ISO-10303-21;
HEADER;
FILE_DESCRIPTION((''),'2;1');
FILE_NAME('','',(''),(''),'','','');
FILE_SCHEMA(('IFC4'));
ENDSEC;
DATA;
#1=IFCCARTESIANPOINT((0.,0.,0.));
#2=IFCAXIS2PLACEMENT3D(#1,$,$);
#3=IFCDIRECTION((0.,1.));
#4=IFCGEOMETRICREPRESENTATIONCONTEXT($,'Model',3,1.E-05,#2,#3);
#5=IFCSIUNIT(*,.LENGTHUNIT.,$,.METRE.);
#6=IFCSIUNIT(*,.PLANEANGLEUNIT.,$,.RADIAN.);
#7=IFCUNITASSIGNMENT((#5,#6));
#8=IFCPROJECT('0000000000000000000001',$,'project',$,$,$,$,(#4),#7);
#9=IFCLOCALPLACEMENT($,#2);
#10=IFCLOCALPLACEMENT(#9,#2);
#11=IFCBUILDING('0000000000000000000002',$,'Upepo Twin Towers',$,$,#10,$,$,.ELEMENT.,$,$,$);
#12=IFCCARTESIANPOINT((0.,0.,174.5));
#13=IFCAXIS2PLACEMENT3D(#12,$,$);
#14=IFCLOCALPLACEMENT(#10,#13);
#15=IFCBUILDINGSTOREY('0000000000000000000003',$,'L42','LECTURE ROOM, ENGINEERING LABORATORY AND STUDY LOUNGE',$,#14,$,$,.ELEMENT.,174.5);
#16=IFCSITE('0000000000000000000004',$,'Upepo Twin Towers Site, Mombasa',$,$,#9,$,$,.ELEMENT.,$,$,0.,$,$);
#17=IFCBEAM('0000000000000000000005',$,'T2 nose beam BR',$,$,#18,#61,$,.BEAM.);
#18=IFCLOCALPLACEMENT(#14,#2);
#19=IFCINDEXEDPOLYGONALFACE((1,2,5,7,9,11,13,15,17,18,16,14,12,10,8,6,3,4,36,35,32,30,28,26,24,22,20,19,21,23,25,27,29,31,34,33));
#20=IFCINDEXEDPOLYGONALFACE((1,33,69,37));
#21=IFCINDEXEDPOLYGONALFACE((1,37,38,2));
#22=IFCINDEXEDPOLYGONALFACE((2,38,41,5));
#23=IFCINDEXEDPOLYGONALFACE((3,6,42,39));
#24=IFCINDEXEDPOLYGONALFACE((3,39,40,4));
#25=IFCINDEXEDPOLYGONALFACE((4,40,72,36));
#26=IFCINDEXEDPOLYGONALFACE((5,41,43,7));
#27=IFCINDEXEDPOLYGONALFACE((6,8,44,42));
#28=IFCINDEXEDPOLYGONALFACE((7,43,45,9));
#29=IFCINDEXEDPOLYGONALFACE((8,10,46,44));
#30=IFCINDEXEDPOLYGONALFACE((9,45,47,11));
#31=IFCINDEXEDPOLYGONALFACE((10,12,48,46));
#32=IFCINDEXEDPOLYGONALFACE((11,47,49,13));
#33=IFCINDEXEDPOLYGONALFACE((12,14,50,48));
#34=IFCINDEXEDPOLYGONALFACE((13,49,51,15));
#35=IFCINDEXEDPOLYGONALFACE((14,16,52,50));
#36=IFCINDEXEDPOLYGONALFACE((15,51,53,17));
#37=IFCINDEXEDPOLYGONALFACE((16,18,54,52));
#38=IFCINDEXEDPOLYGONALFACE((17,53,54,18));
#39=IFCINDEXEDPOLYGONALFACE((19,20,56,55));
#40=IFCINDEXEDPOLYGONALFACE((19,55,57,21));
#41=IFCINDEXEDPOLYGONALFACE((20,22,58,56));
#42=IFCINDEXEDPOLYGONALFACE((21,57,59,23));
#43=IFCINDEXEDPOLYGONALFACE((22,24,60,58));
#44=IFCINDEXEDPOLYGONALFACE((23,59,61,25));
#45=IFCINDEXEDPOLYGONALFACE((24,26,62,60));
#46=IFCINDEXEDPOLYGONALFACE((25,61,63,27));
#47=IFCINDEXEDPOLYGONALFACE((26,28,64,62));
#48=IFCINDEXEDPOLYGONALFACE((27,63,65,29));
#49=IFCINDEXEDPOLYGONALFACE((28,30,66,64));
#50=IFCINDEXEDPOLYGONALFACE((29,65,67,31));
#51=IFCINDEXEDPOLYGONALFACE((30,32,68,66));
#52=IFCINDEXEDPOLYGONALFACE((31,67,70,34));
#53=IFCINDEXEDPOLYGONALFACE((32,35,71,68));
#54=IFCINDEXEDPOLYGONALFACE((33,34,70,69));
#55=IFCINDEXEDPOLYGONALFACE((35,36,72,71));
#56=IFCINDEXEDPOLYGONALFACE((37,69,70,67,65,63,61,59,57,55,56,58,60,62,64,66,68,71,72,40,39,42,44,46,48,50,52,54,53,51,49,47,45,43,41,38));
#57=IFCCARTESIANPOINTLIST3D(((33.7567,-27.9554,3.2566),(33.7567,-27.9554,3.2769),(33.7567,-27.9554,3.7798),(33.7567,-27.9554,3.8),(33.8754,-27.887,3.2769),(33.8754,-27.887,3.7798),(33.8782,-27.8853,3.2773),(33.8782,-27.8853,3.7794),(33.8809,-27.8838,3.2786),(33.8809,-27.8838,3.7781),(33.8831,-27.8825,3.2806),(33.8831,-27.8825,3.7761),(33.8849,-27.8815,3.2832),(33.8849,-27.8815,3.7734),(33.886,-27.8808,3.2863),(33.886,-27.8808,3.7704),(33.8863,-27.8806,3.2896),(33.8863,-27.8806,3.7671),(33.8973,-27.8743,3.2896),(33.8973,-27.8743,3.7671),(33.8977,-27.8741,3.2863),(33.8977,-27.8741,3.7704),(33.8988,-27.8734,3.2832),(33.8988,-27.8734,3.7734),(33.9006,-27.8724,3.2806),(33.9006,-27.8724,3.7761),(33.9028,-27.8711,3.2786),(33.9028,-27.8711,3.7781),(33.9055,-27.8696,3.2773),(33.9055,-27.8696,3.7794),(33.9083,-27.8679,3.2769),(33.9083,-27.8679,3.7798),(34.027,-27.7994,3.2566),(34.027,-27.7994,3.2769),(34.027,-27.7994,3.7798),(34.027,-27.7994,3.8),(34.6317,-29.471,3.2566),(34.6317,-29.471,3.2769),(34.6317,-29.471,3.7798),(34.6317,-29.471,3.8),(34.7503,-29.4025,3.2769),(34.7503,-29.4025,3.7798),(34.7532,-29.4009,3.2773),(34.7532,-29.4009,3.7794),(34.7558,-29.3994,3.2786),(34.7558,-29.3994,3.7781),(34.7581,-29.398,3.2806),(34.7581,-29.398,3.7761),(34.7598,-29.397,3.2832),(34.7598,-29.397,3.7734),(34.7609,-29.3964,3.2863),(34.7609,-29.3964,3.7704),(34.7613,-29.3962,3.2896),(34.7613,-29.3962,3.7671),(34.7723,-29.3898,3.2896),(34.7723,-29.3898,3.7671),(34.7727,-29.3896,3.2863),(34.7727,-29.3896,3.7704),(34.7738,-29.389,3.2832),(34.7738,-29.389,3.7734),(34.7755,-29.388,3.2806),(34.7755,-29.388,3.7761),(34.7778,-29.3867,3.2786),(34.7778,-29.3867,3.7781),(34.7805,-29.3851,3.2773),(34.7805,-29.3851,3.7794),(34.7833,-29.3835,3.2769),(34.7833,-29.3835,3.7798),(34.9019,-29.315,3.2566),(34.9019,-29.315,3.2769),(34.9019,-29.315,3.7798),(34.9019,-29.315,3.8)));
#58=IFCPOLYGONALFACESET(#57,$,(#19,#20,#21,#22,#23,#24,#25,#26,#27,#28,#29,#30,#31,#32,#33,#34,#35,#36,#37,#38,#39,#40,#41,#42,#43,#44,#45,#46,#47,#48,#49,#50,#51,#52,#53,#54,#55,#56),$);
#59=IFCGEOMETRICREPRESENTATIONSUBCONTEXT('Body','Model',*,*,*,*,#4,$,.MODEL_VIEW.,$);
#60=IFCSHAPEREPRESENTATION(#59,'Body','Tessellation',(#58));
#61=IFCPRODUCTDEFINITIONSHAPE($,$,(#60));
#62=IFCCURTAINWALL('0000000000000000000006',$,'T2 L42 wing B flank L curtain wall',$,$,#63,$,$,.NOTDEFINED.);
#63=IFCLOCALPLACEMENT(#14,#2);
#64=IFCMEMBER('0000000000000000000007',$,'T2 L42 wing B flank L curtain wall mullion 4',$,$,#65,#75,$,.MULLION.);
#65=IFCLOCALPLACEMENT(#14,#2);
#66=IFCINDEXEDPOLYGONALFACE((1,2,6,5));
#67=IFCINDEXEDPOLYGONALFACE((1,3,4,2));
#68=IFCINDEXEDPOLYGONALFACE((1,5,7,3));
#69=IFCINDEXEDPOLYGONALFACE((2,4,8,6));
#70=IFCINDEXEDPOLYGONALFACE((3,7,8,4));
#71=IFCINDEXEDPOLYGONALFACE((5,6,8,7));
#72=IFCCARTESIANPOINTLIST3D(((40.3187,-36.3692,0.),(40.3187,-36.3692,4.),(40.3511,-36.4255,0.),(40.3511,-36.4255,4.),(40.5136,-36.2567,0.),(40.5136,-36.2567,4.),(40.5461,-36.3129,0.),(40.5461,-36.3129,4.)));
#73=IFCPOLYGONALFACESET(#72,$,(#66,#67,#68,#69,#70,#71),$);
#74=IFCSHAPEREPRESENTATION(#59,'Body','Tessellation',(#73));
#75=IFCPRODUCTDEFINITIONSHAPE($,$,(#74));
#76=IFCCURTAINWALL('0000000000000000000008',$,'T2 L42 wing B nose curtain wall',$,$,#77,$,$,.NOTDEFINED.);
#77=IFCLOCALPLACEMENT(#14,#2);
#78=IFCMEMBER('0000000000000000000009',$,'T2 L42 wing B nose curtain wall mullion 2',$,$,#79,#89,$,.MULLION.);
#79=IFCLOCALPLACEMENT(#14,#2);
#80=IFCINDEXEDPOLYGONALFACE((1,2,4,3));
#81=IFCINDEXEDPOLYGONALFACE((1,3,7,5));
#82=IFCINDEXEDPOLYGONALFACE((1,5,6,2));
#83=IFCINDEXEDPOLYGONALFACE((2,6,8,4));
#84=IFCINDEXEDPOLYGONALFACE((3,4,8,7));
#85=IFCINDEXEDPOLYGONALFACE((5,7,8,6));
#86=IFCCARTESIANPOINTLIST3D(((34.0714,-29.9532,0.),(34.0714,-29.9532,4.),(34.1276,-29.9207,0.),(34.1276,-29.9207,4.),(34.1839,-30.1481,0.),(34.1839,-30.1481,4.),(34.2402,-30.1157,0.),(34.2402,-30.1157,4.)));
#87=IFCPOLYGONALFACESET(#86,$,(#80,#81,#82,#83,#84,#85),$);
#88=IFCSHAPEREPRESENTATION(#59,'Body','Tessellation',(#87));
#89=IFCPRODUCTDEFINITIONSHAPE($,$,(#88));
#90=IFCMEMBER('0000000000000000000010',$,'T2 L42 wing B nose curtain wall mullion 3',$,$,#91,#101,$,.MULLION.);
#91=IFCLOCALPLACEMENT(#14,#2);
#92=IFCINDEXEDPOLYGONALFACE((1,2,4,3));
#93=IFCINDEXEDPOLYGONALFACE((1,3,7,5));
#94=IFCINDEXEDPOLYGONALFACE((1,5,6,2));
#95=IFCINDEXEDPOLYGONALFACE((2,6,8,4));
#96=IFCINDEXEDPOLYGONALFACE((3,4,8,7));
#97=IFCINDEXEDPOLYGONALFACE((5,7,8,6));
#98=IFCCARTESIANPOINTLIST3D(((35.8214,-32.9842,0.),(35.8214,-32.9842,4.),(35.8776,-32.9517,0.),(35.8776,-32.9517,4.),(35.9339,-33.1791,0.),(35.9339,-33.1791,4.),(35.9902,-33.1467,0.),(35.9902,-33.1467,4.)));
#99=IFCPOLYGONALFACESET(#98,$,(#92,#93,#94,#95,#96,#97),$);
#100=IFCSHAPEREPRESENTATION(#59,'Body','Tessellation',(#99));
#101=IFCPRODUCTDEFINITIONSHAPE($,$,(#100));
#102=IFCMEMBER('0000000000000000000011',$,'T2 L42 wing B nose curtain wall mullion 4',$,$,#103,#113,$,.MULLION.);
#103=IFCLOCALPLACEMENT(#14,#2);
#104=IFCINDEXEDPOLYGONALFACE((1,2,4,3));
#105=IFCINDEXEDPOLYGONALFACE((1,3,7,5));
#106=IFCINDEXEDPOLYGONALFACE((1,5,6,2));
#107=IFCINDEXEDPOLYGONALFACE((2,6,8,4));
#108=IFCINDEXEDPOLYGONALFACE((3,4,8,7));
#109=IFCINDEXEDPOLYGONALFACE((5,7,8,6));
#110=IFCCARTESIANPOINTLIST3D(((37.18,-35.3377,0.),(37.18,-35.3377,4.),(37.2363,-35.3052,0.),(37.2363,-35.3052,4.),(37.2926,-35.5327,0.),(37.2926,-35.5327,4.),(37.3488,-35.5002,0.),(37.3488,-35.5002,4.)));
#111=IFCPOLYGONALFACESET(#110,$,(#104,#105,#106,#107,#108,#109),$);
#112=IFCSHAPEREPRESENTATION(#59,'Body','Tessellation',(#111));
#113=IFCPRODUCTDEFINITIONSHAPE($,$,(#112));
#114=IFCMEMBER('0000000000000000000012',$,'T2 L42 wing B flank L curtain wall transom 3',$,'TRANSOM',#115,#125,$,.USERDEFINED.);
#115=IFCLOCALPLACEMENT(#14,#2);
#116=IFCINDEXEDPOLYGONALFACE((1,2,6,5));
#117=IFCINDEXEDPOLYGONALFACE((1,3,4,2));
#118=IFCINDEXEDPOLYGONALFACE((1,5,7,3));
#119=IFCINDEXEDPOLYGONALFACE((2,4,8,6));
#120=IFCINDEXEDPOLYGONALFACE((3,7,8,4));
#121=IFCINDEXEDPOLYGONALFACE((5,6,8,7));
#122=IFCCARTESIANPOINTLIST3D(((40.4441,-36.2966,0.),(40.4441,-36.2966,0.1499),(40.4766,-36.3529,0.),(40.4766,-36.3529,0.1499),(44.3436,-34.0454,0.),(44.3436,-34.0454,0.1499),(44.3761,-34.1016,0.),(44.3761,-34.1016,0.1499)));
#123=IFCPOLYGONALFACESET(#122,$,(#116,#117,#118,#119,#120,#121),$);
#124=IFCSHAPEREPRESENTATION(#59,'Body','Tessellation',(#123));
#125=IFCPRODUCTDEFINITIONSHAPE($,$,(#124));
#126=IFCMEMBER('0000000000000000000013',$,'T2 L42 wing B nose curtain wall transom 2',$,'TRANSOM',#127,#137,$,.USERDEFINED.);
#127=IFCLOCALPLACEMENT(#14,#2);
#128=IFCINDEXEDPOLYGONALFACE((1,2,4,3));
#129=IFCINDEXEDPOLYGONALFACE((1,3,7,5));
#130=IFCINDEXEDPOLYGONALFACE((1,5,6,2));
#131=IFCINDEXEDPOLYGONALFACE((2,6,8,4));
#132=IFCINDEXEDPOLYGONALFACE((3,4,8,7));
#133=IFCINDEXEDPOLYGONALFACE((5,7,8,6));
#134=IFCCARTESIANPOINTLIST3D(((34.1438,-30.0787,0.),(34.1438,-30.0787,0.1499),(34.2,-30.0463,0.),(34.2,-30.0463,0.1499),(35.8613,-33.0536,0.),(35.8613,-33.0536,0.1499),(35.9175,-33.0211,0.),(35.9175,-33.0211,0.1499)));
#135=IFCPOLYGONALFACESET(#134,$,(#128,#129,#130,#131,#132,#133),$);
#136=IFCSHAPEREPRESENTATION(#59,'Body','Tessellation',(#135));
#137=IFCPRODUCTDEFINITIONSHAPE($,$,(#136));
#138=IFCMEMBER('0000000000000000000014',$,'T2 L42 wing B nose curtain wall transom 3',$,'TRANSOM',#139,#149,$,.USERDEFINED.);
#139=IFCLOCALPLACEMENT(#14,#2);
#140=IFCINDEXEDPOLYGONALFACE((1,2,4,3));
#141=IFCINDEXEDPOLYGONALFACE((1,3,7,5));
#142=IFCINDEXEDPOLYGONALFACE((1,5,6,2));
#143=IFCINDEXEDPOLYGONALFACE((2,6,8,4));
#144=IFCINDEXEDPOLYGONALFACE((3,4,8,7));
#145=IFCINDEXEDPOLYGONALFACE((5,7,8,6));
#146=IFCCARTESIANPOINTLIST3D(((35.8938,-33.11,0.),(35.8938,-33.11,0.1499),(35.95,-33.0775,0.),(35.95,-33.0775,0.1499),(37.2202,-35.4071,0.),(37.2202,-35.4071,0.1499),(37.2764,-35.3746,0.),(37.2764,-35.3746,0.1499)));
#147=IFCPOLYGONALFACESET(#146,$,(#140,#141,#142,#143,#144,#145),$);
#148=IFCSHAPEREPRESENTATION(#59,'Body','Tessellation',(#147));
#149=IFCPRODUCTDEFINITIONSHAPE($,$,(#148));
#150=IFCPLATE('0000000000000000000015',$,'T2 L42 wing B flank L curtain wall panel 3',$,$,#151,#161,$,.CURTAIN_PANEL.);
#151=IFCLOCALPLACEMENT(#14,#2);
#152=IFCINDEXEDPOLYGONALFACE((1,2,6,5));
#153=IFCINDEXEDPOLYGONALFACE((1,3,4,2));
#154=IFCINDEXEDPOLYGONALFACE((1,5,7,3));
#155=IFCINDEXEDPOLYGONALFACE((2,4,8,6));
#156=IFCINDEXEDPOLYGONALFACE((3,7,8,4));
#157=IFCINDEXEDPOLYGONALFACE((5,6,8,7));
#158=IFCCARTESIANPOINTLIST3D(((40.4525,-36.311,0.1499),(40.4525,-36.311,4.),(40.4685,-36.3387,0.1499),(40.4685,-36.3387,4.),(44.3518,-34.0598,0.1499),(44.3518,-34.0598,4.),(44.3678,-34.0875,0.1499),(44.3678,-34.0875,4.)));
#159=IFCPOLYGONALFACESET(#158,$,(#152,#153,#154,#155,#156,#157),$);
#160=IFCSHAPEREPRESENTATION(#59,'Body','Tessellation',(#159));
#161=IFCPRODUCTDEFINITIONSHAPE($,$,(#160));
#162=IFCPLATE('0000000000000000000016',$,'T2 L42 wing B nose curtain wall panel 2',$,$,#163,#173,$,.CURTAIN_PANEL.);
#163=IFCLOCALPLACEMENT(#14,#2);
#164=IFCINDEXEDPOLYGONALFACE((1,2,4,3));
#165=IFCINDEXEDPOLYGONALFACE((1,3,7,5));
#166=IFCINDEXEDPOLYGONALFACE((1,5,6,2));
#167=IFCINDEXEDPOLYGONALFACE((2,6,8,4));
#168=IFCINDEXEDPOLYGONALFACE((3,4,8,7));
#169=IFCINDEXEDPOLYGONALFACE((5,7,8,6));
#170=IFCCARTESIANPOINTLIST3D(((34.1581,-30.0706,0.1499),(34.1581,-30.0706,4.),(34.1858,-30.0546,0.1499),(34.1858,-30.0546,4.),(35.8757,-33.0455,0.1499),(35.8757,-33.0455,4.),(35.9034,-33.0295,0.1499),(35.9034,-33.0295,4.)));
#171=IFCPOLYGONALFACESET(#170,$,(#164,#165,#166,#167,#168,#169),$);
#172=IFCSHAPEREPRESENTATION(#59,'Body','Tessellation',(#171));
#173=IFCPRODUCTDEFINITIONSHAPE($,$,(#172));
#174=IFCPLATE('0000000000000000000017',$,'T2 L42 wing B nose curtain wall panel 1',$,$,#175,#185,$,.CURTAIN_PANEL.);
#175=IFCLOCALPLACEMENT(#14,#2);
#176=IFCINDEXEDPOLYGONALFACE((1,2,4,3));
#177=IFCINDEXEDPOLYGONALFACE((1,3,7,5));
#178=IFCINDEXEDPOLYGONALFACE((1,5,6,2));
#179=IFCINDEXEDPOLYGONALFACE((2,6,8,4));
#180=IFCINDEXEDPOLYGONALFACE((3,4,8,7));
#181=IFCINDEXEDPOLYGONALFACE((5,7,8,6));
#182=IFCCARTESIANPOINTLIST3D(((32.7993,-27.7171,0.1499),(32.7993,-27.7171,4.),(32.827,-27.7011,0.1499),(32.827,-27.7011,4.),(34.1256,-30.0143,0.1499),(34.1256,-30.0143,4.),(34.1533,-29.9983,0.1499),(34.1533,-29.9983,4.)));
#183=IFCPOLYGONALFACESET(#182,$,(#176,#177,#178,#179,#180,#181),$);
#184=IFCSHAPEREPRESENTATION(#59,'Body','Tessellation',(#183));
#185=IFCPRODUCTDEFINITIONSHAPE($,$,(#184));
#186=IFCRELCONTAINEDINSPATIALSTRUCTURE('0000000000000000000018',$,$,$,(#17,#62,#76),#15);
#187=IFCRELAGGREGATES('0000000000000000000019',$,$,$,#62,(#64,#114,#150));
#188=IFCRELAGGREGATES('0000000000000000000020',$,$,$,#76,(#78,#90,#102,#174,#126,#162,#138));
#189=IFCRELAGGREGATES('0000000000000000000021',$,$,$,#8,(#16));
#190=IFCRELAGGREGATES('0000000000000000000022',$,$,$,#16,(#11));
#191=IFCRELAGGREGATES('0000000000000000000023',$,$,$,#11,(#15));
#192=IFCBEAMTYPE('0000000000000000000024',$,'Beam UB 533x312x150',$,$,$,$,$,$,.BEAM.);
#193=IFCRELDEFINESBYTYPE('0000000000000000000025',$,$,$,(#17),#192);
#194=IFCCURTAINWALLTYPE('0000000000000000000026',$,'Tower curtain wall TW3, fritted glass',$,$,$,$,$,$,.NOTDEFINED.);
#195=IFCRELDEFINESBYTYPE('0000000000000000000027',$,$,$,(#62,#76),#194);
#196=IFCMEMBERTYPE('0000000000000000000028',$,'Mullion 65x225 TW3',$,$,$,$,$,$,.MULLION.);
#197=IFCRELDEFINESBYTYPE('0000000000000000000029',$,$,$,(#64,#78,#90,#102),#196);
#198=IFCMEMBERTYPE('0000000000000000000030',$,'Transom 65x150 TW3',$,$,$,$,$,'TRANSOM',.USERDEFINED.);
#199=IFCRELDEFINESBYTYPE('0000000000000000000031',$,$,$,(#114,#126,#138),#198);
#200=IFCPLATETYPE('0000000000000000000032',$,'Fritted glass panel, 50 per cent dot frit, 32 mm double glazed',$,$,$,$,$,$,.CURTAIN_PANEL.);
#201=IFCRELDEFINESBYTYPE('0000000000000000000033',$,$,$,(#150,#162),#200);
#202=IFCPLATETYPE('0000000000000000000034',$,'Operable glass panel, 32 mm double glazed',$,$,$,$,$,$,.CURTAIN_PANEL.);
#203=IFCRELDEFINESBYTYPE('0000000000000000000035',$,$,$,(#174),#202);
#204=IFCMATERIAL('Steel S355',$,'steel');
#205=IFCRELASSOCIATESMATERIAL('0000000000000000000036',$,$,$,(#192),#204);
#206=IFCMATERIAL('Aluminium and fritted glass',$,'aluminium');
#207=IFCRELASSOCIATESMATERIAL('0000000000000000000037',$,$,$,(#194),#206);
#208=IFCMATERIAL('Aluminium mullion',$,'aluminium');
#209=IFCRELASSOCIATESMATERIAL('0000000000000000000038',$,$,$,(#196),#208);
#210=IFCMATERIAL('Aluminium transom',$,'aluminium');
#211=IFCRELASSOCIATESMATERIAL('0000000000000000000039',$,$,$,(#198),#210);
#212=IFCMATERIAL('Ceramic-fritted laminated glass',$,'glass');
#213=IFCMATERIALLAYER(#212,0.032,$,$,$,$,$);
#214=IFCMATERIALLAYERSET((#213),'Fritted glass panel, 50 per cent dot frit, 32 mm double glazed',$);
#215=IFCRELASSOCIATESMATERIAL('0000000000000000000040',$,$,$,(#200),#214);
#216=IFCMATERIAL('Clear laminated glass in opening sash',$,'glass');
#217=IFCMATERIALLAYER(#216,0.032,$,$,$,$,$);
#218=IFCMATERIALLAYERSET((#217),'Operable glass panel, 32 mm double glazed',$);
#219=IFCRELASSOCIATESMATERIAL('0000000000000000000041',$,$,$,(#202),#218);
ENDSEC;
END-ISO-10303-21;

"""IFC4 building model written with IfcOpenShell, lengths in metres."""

from ifc_helpers import new_model, si_unit, direction, frame, origin, origin_2d, place, context, subcontext, project, spatial, rectangle, i_section, extrude, material, layer, layer_set, material_profile, profile_set, type_object, element, aggregate, save


model = new_model("IFC4")

# Units and contexts
model_context = context("Model", 3, precision=1e-05, world=origin(), true_north=direction((0.0, 1.0)))
body_context = subcontext(model_context, "Body", "Model", "MODEL_VIEW")
ifc_project = project(units=[si_unit("LENGTHUNIT", "METRE"), si_unit("PLANEANGLEUNIT", "RADIAN")], contexts=[model_context])

# Site, building, storey
site_placement = place(None, origin())
site = spatial("IfcSite", under=ifc_project, at=site_placement, Name="Upepo Twin Towers Site, Mombasa", CompositionType="ELEMENT", RefElevation=0.0)
building_placement = place(site_placement, origin())
building = spatial("IfcBuilding", under=site, at=building_placement, Name="Upepo Twin Towers", CompositionType="ELEMENT")
storey_placement = place(building_placement, frame((0.0, 0.0, 174.5)))
storey = spatial("IfcBuildingStorey", under=building, at=storey_placement, Name="L42", Description="LECTURE ROOM, ENGINEERING LABORATORY AND STUDY LOUNGE", CompositionType="ELEMENT", Elevation=174.5)

# Beam
ifc_material_1 = material(Name="Steel S355", Category="steel")
ifc_material_profile_1 = material_profile(ifc_material_1, i_section(OverallWidth=0.312, OverallDepth=0.5435, WebThickness=0.0127, FlangeThickness=0.0203, FilletRadius=0.0127, at=origin_2d()), Name="UB 533x312x150")
ifc_profile_set_1 = profile_set([ifc_material_profile_1], Name="Steel S355")
beam_type_1 = type_object("IfcBeamType", Name="Beam UB 533x312x150", PredefinedType="BEAM", material=ifc_profile_set_1)
for number, where, z_axis, x_axis, name in (
    (1, (33.8918, -27.8774, 3.5283), (0.49998, -0.866037, 0.0), (0.866037, 0.49998, 0.0), "T2 nose beam BR"),
):
    element("IfcBeam", number, at=place(storey_placement, frame(where, z_axis=z_axis, x_axis=x_axis)), inside=storey, type_object=beam_type_1, Name=name, PredefinedType="BEAM", context=body_context, shape_type="SweptSolid", body=[
        extrude(i_section(OverallWidth=0.312, OverallDepth=0.5435, WebThickness=0.0127, FlangeThickness=0.0203, FilletRadius=0.0127, at=origin_2d()), origin(), (0.0, 0.0, 1.0), 1.75),
    ])

# Curtain wall, member
ifc_material_2 = material(Name="Aluminium and fritted glass", Category="aluminium")
curtain_wall_type = type_object("IfcCurtainWallType", Name="Tower curtain wall TW3, fritted glass", PredefinedType="NOTDEFINED", material=ifc_material_2)
curtain_wall_1_placement = place(storey_placement, origin())
curtain_wall_1 = element("IfcCurtainWall", 2, at=curtain_wall_1_placement, inside=storey, type_object=curtain_wall_type, Name="T2 L42 wing B flank L curtain wall", PredefinedType="NOTDEFINED")
ifc_material_3 = material(Name="Aluminium mullion", Category="aluminium")
ifc_material_profile_2 = material_profile(ifc_material_3, rectangle(XDim=0.0649, YDim=0.2251, at=origin_2d()), Name="MULLION 65x225")
ifc_profile_set_2 = profile_set([ifc_material_profile_2], Name="Aluminium mullion")
member_type_1 = type_object("IfcMemberType", Name="Mullion 65x225 TW3", PredefinedType="MULLION", material=ifc_profile_set_2)
member_1_placement = place(storey_placement, frame((40.4324, -36.3411, 0.0), z_axis=(0.0, 0.0, 1.0), x_axis=(0.5, -0.866025, 0.0)))
member_1 = element("IfcMember", 3, at=member_1_placement, type_object=member_type_1, Name="T2 L42 wing B flank L curtain wall mullion 4", PredefinedType="MULLION", context=body_context, shape_type="SweptSolid", body=[
    extrude(rectangle(XDim=0.0649, YDim=0.2251, at=origin_2d()), origin(), (0.0, 0.0, 1.0), 4.0),
])

# Curtain wall, members
curtain_wall_2_placement = place(storey_placement, origin())
curtain_wall_2 = element("IfcCurtainWall", 4, at=curtain_wall_2_placement, inside=storey, type_object=curtain_wall_type, Name="T2 L42 wing B nose curtain wall", PredefinedType="NOTDEFINED")
member_2_placement = place(storey_placement, frame((34.1558, -30.0344, 0.0), z_axis=(0.0, 0.0, 1.0), x_axis=(0.866025, 0.5, 0.0)))
member_2 = element("IfcMember", 5, at=member_2_placement, type_object=member_type_1, Name="T2 L42 wing B nose curtain wall mullion 2", PredefinedType="MULLION", context=body_context, shape_type="SweptSolid", body=[
    extrude(rectangle(XDim=0.0649, YDim=0.2251, at=origin_2d()), origin(), (0.0, 0.0, 1.0), 4.0),
])
member_3_placement = place(storey_placement, frame((35.9058, -33.0654, 0.0), z_axis=(0.0, 0.0, 1.0), x_axis=(0.866025, 0.5, 0.0)))
member_3 = element("IfcMember", 6, at=member_3_placement, type_object=member_type_1, Name="T2 L42 wing B nose curtain wall mullion 3", PredefinedType="MULLION", context=body_context, shape_type="SweptSolid", body=[
    extrude(rectangle(XDim=0.0649, YDim=0.2251, at=origin_2d()), origin(), (0.0, 0.0, 1.0), 4.0),
])
member_4_placement = place(storey_placement, frame((37.2644, -35.4189, 0.0), z_axis=(0.0, 0.0, 1.0), x_axis=(0.866025, 0.5, 0.0)))
member_4 = element("IfcMember", 7, at=member_4_placement, type_object=member_type_1, Name="T2 L42 wing B nose curtain wall mullion 4", PredefinedType="MULLION", context=body_context, shape_type="SweptSolid", body=[
    extrude(rectangle(XDim=0.0649, YDim=0.2251, at=origin_2d()), origin(), (0.0, 0.0, 1.0), 4.0),
])

# Members
ifc_material_4 = material(Name="Aluminium transom", Category="aluminium")
ifc_material_profile_3 = material_profile(ifc_material_4, rectangle(XDim=0.0649, YDim=0.1499, at=origin_2d()), Name="TRANSOM 65x150")
ifc_profile_set_3 = profile_set([ifc_material_profile_3], Name="Aluminium transom")
member_type_2 = type_object("IfcMemberType", Name="Transom 65x150 TW3", ElementType="TRANSOM", PredefinedType="USERDEFINED", material=ifc_profile_set_3)
member_5_placement = place(storey_placement, frame((44.3599, -34.0735, 0.075), z_axis=(-0.866036, -0.499982, 0.0), x_axis=(0.499982, -0.866036, 0.0)))
member_5 = element("IfcMember", 8, at=member_5_placement, type_object=member_type_2, Name="T2 L42 wing B flank L curtain wall transom 3", ObjectType="TRANSOM", PredefinedType="USERDEFINED", context=body_context, shape_type="SweptSolid", body=[
    extrude(rectangle(XDim=0.0649, YDim=0.1499, at=origin_2d()), origin(), (0.0, 0.0, 1.0), 4.5027),
])
member_6_placement = place(storey_placement, frame((34.1719, -30.0625, 0.075), z_axis=(0.499999, -0.866026, 0.0), x_axis=(0.866026, 0.499999, 0.0)))
member_6 = element("IfcMember", 9, at=member_6_placement, type_object=member_type_2, Name="T2 L42 wing B nose curtain wall transom 2", ObjectType="TRANSOM", PredefinedType="USERDEFINED", context=body_context, shape_type="SweptSolid", body=[
    extrude(rectangle(XDim=0.0649, YDim=0.1499, at=origin_2d()), origin(), (0.0, 0.0, 1.0), 3.4351),
])
member_7_placement = place(storey_placement, frame((35.9219, -33.0938, 0.075), z_axis=(0.500049, -0.865997, 0.0), x_axis=(0.865997, 0.500049, 0.0)))
member_7 = element("IfcMember", 10, at=member_7_placement, type_object=member_type_2, Name="T2 L42 wing B nose curtain wall transom 3", ObjectType="TRANSOM", PredefinedType="USERDEFINED", context=body_context, shape_type="SweptSolid", body=[
    extrude(rectangle(XDim=0.0649, YDim=0.1499, at=origin_2d()), origin(), (0.0, 0.0, 1.0), 2.6526),
])

# Plates
ifc_material_5 = material(Name="Ceramic-fritted laminated glass", Category="glass")
ifc_layer_1 = layer(ifc_material_5, 0.032)
ifc_layer_set_1 = layer_set([ifc_layer_1], Name="Fritted glass panel, 50 per cent dot frit, 32 mm double glazed")
plate_type_1 = type_object("IfcPlateType", Name="Fritted glass panel, 50 per cent dot frit, 32 mm double glazed", PredefinedType="CURTAIN_PANEL", material=ifc_layer_set_1)
plate_1_placement = place(storey_placement, frame((42.4102, -35.1992, 0.1499), z_axis=(0.0, 0.0, 1.0), x_axis=(-0.866025, -0.5, 0.0)))
plate_1 = element("IfcPlate", 11, at=plate_1_placement, type_object=plate_type_1, Name="T2 L42 wing B flank L curtain wall panel 3", PredefinedType="CURTAIN_PANEL", context=body_context, shape_type="SweptSolid", body=[
    extrude(rectangle(XDim=4.5024, YDim=0.032, at=origin_2d()), origin(), (0.0, 0.0, 1.0), 3.8501),
])
aggregate(curtain_wall_1, [member_1, member_5, plate_1])
plate_2_placement = place(storey_placement, frame((35.0308, -31.55, 0.1499), z_axis=(0.0, 0.0, 1.0), x_axis=(0.5, -0.866025, 0.0)))
plate_2 = element("IfcPlate", 12, at=plate_2_placement, type_object=plate_type_1, Name="T2 L42 wing B nose curtain wall panel 2", PredefinedType="CURTAIN_PANEL", context=body_context, shape_type="SweptSolid", body=[
    extrude(rectangle(XDim=3.4351, YDim=0.032, at=origin_2d()), origin(), (0.0, 0.0, 1.0), 3.8501),
])
ifc_material_6 = material(Name="Clear laminated glass in opening sash", Category="glass")
ifc_layer_2 = layer(ifc_material_6, 0.032)
ifc_layer_set_2 = layer_set([ifc_layer_2], Name="Operable glass panel, 32 mm double glazed")
plate_type_2 = type_object("IfcPlateType", Name="Operable glass panel, 32 mm double glazed", PredefinedType="CURTAIN_PANEL", material=ifc_layer_set_2)
plate_3_placement = place(storey_placement, frame((33.4763, -28.8577, 0.1499), z_axis=(0.0, 0.0, 1.0), x_axis=(0.5, -0.866025, 0.0)))
plate_3 = element("IfcPlate", 13, at=plate_3_placement, type_object=plate_type_2, Name="T2 L42 wing B nose curtain wall panel 1", PredefinedType="CURTAIN_PANEL", context=body_context, shape_type="SweptSolid", body=[
    extrude(rectangle(XDim=2.6526, YDim=0.032, at=origin_2d()), origin(), (0.0, 0.0, 1.0), 3.8501),
])
aggregate(curtain_wall_2, [member_2, member_3, member_4, plate_3, member_6, plate_2, member_7])

save(model, "model.ifc")
